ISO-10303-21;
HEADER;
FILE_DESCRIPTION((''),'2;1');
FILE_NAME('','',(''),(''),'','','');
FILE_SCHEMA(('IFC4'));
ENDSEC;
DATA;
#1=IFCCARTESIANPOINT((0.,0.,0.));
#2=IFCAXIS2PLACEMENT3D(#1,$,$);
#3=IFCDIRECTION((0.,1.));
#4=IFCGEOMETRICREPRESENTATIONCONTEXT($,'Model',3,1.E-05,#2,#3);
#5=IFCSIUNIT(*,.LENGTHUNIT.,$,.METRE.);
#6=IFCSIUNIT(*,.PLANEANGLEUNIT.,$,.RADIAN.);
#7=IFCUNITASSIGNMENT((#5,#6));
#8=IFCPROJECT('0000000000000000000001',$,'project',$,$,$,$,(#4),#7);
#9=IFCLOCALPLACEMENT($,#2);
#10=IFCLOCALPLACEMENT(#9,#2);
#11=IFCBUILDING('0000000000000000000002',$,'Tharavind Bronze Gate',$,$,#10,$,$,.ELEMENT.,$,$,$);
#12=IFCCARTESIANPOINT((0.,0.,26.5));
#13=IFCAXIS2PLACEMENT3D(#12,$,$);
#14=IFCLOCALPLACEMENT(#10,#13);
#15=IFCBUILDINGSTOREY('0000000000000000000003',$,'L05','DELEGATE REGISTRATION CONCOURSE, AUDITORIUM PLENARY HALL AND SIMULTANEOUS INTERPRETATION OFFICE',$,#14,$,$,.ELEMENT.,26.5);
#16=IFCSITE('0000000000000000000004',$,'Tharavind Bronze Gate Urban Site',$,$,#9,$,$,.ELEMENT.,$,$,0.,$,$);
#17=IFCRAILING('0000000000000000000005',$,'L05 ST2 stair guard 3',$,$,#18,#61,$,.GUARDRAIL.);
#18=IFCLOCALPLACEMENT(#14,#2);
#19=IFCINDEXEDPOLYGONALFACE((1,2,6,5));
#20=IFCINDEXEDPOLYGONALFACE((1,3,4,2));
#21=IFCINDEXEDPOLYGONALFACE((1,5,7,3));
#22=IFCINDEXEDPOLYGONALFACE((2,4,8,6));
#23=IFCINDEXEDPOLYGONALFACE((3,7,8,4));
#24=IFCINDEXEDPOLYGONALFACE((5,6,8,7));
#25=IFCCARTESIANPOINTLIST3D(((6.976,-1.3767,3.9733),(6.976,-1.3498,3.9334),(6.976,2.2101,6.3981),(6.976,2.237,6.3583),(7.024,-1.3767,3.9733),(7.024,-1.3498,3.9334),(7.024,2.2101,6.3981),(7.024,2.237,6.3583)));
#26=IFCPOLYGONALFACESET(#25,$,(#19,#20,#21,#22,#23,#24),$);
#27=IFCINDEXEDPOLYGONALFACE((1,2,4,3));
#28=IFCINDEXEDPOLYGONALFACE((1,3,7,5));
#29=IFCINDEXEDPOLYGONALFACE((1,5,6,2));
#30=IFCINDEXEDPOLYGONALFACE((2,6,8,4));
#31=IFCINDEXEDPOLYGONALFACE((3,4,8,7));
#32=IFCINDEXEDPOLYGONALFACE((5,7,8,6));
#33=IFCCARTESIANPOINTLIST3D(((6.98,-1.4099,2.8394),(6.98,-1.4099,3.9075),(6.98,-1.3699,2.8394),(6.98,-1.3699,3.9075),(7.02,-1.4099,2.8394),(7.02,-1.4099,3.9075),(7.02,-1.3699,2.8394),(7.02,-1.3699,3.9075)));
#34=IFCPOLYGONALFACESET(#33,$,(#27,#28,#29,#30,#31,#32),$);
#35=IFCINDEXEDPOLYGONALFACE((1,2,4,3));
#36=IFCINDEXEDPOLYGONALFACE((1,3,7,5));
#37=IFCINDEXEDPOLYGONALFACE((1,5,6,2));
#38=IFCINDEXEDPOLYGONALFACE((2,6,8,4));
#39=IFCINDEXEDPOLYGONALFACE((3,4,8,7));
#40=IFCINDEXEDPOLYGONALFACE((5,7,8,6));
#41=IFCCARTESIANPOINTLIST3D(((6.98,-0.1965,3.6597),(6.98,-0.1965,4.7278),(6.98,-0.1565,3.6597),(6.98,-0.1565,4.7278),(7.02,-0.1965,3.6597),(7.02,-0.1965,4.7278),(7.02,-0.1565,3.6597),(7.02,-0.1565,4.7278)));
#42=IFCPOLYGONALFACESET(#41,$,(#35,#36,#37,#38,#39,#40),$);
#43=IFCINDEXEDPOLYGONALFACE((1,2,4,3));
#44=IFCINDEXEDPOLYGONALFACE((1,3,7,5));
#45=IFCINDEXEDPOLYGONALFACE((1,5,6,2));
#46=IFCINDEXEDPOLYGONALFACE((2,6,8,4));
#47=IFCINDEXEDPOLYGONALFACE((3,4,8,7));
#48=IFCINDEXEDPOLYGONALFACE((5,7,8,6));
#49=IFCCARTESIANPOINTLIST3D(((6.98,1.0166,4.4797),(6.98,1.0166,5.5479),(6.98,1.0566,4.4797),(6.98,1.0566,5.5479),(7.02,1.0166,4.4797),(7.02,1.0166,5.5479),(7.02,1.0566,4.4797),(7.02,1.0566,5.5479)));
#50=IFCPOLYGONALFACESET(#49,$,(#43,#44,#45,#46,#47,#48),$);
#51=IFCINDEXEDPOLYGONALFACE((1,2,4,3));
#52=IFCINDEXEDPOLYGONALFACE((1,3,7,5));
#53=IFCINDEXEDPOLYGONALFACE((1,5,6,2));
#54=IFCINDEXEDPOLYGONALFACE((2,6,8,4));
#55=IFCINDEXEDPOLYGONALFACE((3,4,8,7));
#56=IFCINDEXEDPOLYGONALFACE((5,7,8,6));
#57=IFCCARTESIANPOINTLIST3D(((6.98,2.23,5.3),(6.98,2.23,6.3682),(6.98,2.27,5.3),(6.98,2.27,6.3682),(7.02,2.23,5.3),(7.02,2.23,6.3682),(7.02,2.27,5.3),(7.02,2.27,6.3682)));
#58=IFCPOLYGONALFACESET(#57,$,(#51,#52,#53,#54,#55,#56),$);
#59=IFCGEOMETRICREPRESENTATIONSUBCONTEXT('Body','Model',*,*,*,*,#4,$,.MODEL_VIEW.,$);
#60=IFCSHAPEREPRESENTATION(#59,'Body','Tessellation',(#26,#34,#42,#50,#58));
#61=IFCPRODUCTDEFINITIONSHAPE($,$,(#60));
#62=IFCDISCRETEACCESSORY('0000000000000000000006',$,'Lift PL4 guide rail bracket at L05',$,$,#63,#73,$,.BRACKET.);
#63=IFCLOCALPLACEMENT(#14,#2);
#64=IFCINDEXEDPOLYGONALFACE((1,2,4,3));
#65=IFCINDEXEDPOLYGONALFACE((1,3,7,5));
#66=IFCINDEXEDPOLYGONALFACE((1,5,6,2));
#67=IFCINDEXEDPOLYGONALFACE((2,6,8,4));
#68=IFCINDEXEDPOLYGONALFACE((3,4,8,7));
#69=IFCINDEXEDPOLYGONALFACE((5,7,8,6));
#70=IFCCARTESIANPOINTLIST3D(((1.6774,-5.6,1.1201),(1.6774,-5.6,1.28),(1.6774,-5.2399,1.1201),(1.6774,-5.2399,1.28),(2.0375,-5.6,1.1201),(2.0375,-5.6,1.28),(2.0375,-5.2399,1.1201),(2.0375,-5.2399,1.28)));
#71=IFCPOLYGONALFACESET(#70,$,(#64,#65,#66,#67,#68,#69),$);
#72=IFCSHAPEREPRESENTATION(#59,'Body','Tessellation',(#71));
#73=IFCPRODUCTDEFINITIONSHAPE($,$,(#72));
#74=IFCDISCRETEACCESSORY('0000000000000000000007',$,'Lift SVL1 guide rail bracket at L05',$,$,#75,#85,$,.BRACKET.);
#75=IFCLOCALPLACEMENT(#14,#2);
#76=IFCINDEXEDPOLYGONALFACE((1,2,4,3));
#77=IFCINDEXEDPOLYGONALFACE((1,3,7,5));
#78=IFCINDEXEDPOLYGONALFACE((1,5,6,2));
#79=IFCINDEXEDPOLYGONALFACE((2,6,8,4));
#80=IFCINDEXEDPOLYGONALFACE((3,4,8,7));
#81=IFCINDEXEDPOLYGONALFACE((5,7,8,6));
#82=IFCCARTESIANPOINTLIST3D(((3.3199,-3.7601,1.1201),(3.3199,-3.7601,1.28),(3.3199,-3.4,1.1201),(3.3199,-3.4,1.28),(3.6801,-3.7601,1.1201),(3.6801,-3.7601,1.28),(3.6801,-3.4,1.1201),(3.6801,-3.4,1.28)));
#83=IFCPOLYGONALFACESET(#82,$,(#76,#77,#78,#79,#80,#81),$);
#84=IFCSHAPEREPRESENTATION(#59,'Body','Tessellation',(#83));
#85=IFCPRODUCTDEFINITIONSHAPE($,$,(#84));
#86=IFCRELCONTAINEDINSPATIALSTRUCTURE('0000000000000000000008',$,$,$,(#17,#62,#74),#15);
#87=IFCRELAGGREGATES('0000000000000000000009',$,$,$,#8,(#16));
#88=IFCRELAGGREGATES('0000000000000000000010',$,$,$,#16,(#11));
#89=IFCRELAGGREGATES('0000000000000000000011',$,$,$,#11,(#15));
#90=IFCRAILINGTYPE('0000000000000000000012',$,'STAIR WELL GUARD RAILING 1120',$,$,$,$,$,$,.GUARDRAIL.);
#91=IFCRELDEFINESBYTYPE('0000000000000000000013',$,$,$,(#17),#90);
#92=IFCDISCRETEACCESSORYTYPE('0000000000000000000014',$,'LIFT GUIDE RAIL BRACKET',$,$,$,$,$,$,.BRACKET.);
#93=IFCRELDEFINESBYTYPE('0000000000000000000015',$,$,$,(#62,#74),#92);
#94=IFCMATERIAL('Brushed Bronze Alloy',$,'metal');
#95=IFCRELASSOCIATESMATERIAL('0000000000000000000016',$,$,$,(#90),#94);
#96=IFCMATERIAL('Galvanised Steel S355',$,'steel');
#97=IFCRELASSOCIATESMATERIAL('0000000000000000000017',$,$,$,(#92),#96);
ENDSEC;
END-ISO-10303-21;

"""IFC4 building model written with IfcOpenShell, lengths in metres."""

from ifc_helpers import new_model, si_unit, direction, frame, origin, origin_2d, place, context, subcontext, project, spatial, rectangle, extrude, material, type_object, element, save


model = new_model("IFC4")

# Units and contexts
model_context = context("Model", 3, precision=1e-05, world=origin(), true_north=direction((0.0, 1.0)))
body_context = subcontext(model_context, "Body", "Model", "MODEL_VIEW")
ifc_project = project(units=[si_unit("LENGTHUNIT", "METRE"), si_unit("PLANEANGLEUNIT", "RADIAN")], contexts=[model_context])

# Site, building, storey
site_placement = place(None, origin())
site = spatial("IfcSite", under=ifc_project, at=site_placement, Name="Tharavind Bronze Gate Urban Site", CompositionType="ELEMENT", RefElevation=0.0)
building_placement = place(site_placement, origin())
building = spatial("IfcBuilding", under=site, at=building_placement, Name="Tharavind Bronze Gate", CompositionType="ELEMENT")
storey_placement = place(building_placement, frame((0.0, 0.0, 26.5)))
storey = spatial("IfcBuildingStorey", under=building, at=storey_placement, Name="L05", Description="DELEGATE REGISTRATION CONCOURSE, AUDITORIUM PLENARY HALL AND SIMULTANEOUS INTERPRETATION OFFICE", CompositionType="ELEMENT", Elevation=26.5)

# Railing
ifc_material_1 = material(Name="Brushed Bronze Alloy", Category="metal")
railing_type_1 = type_object("IfcRailingType", Name="STAIR WELL GUARD RAILING 1120", PredefinedType="GUARDRAIL", material=ifc_material_1)
railing_1_placement = place(storey_placement, frame((7.0, -1.3899, 2.8394)))
element("IfcRailing", 1, at=railing_1_placement, inside=storey, type_object=railing_type_1, Name="L05 ST2 stair guard 3", PredefinedType="GUARDRAIL", context=body_context, shape_type="SweptSolid", body=[
    extrude(rectangle(XDim=0.0481, YDim=0.0481, at=origin_2d()), frame((0.0, 0.0266, 1.114), z_axis=(0.0, 0.828451, 0.560062), x_axis=(-1.0, 0.0, 0.0)), (0.0, 0.0, 1.0), 4.3296),
    extrude(rectangle(XDim=0.04, YDim=0.04, at=origin_2d()), origin(), (0.0, 0.0, 1.0), 1.0681),
    extrude(rectangle(XDim=0.04, YDim=0.04, at=origin_2d()), frame((0.0, 1.2134, 0.8203)), (0.0, 0.0, 1.0), 1.0681),
    extrude(rectangle(XDim=0.04, YDim=0.04, at=origin_2d()), frame((0.0, 2.4265, 1.6404)), (0.0, 0.0, 1.0), 1.0681),
    extrude(rectangle(XDim=0.04, YDim=0.04, at=origin_2d()), frame((0.0, 3.6399, 2.4607)), (0.0, 0.0, 1.0), 1.0681),
])

# Discrete accessories
ifc_material_2 = material(Name="Galvanised Steel S355", Category="steel")
discrete_accessory_type = type_object("IfcDiscreteAccessoryType", Name="LIFT GUIDE RAIL BRACKET", PredefinedType="BRACKET", material=ifc_material_2)
for number, where, z_axis, x_axis, name in (
    (2, (1.8574, -5.4199, 1.1201), (0.0, 0.0, 1.0), (1.0, 0.0, 0.0), "Lift PL4 guide rail bracket at L05"),
    (3, (3.5, -3.5801, 1.1201), (0.0, 0.0, 1.0), (1.0, 0.0, 0.0), "Lift SVL1 guide rail bracket at L05"),
):
    element("IfcDiscreteAccessory", number, at=place(storey_placement, frame(where, z_axis=z_axis, x_axis=x_axis)), inside=storey, type_object=discrete_accessory_type, Name=name, PredefinedType="BRACKET", context=body_context, shape_type="SweptSolid", body=[
        extrude(rectangle(XDim=0.3601, YDim=0.3601, at=origin_2d()), origin(), (0.0, 0.0, 1.0), 0.1599),
    ])

save(model, "model.ifc")
